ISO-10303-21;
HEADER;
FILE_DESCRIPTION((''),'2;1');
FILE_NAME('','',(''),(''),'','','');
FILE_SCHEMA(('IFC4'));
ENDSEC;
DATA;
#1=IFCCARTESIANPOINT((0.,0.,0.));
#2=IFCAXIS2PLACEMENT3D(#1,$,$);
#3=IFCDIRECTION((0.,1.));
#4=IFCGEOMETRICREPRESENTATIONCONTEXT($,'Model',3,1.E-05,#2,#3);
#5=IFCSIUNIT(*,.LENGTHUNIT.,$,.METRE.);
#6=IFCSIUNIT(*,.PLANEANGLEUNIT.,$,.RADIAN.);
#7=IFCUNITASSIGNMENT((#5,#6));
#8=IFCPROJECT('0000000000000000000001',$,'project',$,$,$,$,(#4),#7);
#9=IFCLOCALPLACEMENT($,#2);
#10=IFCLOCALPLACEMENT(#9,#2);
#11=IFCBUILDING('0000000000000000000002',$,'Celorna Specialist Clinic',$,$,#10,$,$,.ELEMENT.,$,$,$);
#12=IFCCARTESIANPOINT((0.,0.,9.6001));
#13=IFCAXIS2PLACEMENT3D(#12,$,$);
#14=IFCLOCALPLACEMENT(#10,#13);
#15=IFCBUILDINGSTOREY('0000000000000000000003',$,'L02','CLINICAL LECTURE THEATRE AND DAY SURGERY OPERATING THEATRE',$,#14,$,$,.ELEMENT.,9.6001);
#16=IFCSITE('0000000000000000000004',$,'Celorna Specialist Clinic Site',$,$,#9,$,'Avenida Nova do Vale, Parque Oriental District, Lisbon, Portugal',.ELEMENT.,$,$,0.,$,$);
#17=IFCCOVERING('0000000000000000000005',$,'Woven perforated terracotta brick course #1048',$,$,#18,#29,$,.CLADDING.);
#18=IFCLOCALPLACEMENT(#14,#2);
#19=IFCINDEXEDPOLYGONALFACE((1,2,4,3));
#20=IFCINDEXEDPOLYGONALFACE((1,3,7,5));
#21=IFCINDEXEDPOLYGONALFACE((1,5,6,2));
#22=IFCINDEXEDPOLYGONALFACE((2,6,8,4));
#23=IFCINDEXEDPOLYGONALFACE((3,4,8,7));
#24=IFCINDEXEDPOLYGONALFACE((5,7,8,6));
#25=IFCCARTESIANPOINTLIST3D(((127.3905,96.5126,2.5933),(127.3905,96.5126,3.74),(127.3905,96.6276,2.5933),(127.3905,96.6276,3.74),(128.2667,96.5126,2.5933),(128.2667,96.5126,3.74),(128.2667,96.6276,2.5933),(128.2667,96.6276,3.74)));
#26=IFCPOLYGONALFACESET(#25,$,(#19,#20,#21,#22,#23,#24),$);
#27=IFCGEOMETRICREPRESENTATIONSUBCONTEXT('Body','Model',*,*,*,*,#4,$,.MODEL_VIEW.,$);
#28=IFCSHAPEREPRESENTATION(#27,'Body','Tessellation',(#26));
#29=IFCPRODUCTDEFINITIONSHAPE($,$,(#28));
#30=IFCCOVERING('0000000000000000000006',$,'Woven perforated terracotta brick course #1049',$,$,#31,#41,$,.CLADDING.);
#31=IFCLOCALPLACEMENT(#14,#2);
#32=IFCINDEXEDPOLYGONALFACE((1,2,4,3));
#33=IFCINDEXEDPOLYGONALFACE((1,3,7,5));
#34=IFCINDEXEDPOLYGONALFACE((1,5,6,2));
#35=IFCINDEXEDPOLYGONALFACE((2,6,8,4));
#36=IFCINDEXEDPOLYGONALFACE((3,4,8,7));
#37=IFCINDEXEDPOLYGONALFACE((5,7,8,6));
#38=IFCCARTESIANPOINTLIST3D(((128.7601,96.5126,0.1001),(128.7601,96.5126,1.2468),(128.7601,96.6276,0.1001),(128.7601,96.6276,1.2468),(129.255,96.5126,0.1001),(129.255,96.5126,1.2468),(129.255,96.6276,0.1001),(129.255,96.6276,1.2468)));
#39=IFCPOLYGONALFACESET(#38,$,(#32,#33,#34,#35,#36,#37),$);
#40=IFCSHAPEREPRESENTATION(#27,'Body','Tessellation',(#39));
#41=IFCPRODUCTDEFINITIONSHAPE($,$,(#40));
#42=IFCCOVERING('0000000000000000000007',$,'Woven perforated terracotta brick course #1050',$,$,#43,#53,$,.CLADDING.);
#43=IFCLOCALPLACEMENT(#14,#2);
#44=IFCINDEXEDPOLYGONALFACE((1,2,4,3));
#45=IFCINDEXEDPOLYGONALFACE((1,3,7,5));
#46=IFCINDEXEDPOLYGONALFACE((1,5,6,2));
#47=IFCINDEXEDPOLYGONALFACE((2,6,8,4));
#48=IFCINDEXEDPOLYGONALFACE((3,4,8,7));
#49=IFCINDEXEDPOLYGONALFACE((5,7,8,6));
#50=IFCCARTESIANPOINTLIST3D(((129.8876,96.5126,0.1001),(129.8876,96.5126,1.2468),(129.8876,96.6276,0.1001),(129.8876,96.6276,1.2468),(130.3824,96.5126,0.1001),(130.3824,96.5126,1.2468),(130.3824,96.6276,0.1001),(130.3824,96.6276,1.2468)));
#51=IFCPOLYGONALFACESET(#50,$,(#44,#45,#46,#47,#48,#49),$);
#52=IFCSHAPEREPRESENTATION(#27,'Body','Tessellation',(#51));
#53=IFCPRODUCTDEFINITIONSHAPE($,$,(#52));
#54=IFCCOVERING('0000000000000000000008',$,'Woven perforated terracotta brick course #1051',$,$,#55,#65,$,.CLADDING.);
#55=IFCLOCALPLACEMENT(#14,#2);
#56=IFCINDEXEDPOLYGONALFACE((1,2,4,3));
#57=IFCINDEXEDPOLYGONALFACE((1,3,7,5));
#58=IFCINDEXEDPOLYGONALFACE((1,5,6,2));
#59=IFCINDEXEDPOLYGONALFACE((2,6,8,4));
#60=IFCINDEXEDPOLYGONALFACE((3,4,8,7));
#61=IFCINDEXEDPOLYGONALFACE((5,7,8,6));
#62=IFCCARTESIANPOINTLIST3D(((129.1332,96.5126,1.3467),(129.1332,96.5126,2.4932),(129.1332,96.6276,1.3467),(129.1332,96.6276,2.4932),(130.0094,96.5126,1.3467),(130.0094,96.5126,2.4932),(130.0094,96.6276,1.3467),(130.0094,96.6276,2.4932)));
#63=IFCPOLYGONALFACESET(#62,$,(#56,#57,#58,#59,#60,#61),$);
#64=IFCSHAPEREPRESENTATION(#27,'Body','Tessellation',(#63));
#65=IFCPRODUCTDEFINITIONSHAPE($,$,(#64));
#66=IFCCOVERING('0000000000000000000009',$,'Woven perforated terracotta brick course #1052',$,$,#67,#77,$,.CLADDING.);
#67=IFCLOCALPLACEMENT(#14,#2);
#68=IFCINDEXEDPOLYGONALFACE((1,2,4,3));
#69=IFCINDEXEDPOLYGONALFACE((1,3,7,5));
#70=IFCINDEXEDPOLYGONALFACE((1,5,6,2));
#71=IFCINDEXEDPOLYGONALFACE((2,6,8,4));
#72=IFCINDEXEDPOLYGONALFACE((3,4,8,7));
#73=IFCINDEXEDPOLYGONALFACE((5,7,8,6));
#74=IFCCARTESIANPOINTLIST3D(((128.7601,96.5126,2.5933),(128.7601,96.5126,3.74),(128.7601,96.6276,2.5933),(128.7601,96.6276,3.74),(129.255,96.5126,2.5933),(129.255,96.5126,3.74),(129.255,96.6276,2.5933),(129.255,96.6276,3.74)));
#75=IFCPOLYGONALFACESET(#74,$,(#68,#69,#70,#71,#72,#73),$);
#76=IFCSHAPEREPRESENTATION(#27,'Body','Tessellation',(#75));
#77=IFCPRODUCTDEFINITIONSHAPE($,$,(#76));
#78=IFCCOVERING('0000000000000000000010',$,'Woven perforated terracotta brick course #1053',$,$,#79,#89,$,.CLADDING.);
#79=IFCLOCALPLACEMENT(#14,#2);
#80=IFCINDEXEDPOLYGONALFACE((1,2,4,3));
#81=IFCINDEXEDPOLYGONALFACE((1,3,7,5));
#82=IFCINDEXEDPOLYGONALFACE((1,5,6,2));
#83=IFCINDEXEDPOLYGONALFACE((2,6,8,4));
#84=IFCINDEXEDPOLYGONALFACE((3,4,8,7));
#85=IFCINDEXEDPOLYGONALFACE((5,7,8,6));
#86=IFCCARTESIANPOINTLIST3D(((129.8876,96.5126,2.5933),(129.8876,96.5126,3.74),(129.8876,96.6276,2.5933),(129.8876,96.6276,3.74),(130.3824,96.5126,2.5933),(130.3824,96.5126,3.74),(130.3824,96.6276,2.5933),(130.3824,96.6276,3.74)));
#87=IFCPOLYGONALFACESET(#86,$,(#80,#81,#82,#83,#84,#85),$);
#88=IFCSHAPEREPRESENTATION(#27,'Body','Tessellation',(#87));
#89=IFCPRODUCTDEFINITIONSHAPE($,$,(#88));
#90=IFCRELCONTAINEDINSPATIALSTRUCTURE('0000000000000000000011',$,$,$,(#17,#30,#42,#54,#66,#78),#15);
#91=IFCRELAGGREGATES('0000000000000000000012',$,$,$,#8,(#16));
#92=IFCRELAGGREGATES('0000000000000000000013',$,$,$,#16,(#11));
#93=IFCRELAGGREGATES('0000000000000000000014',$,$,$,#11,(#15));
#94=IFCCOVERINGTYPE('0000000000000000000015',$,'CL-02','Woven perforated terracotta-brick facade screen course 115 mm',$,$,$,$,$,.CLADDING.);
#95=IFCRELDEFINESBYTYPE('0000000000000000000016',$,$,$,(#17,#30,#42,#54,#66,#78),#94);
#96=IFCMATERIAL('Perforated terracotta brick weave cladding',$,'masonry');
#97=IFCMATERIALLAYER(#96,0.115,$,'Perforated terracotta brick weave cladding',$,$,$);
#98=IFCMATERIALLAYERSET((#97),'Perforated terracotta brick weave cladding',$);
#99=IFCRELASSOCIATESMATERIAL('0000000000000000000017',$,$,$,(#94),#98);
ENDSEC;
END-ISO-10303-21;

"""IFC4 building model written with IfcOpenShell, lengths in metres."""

from ifc_helpers import new_model, si_unit, direction, frame, origin, origin_2d, place, context, subcontext, project, spatial, rectangle, extrude, material, layer, layer_set, type_object, element, save


model = new_model("IFC4")

# Units and contexts
model_context = context("Model", 3, precision=1e-05, world=origin(), true_north=direction((0.0, 1.0)))
body_context = subcontext(model_context, "Body", "Model", "MODEL_VIEW")
ifc_project = project(units=[si_unit("LENGTHUNIT", "METRE"), si_unit("PLANEANGLEUNIT", "RADIAN")], contexts=[model_context])

# Site, building, storey
site_placement = place(None, origin())
site = spatial("IfcSite", under=ifc_project, at=site_placement, Name="Celorna Specialist Clinic Site", LongName="Avenida Nova do Vale, Parque Oriental District, Lisbon, Portugal", CompositionType="ELEMENT", RefElevation=0.0)
building_placement = place(site_placement, origin())
building = spatial("IfcBuilding", under=site, at=building_placement, Name="Celorna Specialist Clinic", CompositionType="ELEMENT")
storey_placement = place(building_placement, frame((0.0, 0.0, 9.6001)))
storey = spatial("IfcBuildingStorey", under=building, at=storey_placement, Name="L02", Description="CLINICAL LECTURE THEATRE AND DAY SURGERY OPERATING THEATRE", CompositionType="ELEMENT", Elevation=9.6001)

# Coverings
ifc_material_1 = material(Name="Perforated terracotta brick weave cladding", Category="masonry")
ifc_layer_1 = layer(ifc_material_1, 0.115, Name="Perforated terracotta brick weave cladding")
ifc_layer_set_1 = layer_set([ifc_layer_1], Name="Perforated terracotta brick weave cladding")
covering_type = type_object("IfcCoveringType", Name="CL-02", Description="Woven perforated terracotta-brick facade screen course 115 mm", PredefinedType="CLADDING", material=ifc_layer_set_1)
covering_1_placement = place(storey_placement, frame((127.8286, 96.5701, 2.5933), z_axis=(0.0, 0.0, 1.0), x_axis=(1.0, 0.0, 0.0)))
element("IfcCovering", 1, at=covering_1_placement, inside=storey, type_object=covering_type, Name="Woven perforated terracotta brick course #1048", PredefinedType="CLADDING", context=body_context, shape_type="SweptSolid", body=[
    extrude(rectangle(XDim=0.8762, YDim=0.115, at=origin_2d()), origin(), (0.0, 0.0, 1.0), 1.1467),
])
for number, where, z_axis, x_axis, name in (
    (2, (129.0076, 96.5701, 0.1001), (0.0, 0.0, 1.0), (1.0, 0.0, 0.0), "Woven perforated terracotta brick course #1049"),
    (3, (130.135, 96.5701, 0.1001), (0.0, 0.0, 1.0), (1.0, 0.0, 0.0), "Woven perforated terracotta brick course #1050"),
):
    element("IfcCovering", number, at=place(storey_placement, frame(where, z_axis=z_axis, x_axis=x_axis)), inside=storey, type_object=covering_type, Name=name, PredefinedType="CLADDING", context=body_context, shape_type="SweptSolid", body=[
        extrude(rectangle(XDim=0.4949, YDim=0.115, at=origin_2d()), origin(), (0.0, 0.0, 1.0), 1.1467),
    ])
covering_2_placement = place(storey_placement, frame((129.5713, 96.5701, 1.3467), z_axis=(0.0, 0.0, 1.0), x_axis=(1.0, 0.0, 0.0)))
element("IfcCovering", 4, at=covering_2_placement, inside=storey, type_object=covering_type, Name="Woven perforated terracotta brick course #1051", PredefinedType="CLADDING", context=body_context, shape_type="SweptSolid", body=[
    extrude(rectangle(XDim=0.8762, YDim=0.115, at=origin_2d()), origin(), (0.0, 0.0, 1.0), 1.1465),
])
for number, where, z_axis, x_axis, name in (
    (5, (129.0076, 96.5701, 2.5933), (0.0, 0.0, 1.0), (1.0, 0.0, 0.0), "Woven perforated terracotta brick course #1052"),
    (6, (130.135, 96.5701, 2.5933), (0.0, 0.0, 1.0), (1.0, 0.0, 0.0), "Woven perforated terracotta brick course #1053"),
):
    element("IfcCovering", number, at=place(storey_placement, frame(where, z_axis=z_axis, x_axis=x_axis)), inside=storey, type_object=covering_type, Name=name, PredefinedType="CLADDING", context=body_context, shape_type="SweptSolid", body=[
        extrude(rectangle(XDim=0.4949, YDim=0.115, at=origin_2d()), origin(), (0.0, 0.0, 1.0), 1.1467),
    ])

save(model, "model.ifc")
